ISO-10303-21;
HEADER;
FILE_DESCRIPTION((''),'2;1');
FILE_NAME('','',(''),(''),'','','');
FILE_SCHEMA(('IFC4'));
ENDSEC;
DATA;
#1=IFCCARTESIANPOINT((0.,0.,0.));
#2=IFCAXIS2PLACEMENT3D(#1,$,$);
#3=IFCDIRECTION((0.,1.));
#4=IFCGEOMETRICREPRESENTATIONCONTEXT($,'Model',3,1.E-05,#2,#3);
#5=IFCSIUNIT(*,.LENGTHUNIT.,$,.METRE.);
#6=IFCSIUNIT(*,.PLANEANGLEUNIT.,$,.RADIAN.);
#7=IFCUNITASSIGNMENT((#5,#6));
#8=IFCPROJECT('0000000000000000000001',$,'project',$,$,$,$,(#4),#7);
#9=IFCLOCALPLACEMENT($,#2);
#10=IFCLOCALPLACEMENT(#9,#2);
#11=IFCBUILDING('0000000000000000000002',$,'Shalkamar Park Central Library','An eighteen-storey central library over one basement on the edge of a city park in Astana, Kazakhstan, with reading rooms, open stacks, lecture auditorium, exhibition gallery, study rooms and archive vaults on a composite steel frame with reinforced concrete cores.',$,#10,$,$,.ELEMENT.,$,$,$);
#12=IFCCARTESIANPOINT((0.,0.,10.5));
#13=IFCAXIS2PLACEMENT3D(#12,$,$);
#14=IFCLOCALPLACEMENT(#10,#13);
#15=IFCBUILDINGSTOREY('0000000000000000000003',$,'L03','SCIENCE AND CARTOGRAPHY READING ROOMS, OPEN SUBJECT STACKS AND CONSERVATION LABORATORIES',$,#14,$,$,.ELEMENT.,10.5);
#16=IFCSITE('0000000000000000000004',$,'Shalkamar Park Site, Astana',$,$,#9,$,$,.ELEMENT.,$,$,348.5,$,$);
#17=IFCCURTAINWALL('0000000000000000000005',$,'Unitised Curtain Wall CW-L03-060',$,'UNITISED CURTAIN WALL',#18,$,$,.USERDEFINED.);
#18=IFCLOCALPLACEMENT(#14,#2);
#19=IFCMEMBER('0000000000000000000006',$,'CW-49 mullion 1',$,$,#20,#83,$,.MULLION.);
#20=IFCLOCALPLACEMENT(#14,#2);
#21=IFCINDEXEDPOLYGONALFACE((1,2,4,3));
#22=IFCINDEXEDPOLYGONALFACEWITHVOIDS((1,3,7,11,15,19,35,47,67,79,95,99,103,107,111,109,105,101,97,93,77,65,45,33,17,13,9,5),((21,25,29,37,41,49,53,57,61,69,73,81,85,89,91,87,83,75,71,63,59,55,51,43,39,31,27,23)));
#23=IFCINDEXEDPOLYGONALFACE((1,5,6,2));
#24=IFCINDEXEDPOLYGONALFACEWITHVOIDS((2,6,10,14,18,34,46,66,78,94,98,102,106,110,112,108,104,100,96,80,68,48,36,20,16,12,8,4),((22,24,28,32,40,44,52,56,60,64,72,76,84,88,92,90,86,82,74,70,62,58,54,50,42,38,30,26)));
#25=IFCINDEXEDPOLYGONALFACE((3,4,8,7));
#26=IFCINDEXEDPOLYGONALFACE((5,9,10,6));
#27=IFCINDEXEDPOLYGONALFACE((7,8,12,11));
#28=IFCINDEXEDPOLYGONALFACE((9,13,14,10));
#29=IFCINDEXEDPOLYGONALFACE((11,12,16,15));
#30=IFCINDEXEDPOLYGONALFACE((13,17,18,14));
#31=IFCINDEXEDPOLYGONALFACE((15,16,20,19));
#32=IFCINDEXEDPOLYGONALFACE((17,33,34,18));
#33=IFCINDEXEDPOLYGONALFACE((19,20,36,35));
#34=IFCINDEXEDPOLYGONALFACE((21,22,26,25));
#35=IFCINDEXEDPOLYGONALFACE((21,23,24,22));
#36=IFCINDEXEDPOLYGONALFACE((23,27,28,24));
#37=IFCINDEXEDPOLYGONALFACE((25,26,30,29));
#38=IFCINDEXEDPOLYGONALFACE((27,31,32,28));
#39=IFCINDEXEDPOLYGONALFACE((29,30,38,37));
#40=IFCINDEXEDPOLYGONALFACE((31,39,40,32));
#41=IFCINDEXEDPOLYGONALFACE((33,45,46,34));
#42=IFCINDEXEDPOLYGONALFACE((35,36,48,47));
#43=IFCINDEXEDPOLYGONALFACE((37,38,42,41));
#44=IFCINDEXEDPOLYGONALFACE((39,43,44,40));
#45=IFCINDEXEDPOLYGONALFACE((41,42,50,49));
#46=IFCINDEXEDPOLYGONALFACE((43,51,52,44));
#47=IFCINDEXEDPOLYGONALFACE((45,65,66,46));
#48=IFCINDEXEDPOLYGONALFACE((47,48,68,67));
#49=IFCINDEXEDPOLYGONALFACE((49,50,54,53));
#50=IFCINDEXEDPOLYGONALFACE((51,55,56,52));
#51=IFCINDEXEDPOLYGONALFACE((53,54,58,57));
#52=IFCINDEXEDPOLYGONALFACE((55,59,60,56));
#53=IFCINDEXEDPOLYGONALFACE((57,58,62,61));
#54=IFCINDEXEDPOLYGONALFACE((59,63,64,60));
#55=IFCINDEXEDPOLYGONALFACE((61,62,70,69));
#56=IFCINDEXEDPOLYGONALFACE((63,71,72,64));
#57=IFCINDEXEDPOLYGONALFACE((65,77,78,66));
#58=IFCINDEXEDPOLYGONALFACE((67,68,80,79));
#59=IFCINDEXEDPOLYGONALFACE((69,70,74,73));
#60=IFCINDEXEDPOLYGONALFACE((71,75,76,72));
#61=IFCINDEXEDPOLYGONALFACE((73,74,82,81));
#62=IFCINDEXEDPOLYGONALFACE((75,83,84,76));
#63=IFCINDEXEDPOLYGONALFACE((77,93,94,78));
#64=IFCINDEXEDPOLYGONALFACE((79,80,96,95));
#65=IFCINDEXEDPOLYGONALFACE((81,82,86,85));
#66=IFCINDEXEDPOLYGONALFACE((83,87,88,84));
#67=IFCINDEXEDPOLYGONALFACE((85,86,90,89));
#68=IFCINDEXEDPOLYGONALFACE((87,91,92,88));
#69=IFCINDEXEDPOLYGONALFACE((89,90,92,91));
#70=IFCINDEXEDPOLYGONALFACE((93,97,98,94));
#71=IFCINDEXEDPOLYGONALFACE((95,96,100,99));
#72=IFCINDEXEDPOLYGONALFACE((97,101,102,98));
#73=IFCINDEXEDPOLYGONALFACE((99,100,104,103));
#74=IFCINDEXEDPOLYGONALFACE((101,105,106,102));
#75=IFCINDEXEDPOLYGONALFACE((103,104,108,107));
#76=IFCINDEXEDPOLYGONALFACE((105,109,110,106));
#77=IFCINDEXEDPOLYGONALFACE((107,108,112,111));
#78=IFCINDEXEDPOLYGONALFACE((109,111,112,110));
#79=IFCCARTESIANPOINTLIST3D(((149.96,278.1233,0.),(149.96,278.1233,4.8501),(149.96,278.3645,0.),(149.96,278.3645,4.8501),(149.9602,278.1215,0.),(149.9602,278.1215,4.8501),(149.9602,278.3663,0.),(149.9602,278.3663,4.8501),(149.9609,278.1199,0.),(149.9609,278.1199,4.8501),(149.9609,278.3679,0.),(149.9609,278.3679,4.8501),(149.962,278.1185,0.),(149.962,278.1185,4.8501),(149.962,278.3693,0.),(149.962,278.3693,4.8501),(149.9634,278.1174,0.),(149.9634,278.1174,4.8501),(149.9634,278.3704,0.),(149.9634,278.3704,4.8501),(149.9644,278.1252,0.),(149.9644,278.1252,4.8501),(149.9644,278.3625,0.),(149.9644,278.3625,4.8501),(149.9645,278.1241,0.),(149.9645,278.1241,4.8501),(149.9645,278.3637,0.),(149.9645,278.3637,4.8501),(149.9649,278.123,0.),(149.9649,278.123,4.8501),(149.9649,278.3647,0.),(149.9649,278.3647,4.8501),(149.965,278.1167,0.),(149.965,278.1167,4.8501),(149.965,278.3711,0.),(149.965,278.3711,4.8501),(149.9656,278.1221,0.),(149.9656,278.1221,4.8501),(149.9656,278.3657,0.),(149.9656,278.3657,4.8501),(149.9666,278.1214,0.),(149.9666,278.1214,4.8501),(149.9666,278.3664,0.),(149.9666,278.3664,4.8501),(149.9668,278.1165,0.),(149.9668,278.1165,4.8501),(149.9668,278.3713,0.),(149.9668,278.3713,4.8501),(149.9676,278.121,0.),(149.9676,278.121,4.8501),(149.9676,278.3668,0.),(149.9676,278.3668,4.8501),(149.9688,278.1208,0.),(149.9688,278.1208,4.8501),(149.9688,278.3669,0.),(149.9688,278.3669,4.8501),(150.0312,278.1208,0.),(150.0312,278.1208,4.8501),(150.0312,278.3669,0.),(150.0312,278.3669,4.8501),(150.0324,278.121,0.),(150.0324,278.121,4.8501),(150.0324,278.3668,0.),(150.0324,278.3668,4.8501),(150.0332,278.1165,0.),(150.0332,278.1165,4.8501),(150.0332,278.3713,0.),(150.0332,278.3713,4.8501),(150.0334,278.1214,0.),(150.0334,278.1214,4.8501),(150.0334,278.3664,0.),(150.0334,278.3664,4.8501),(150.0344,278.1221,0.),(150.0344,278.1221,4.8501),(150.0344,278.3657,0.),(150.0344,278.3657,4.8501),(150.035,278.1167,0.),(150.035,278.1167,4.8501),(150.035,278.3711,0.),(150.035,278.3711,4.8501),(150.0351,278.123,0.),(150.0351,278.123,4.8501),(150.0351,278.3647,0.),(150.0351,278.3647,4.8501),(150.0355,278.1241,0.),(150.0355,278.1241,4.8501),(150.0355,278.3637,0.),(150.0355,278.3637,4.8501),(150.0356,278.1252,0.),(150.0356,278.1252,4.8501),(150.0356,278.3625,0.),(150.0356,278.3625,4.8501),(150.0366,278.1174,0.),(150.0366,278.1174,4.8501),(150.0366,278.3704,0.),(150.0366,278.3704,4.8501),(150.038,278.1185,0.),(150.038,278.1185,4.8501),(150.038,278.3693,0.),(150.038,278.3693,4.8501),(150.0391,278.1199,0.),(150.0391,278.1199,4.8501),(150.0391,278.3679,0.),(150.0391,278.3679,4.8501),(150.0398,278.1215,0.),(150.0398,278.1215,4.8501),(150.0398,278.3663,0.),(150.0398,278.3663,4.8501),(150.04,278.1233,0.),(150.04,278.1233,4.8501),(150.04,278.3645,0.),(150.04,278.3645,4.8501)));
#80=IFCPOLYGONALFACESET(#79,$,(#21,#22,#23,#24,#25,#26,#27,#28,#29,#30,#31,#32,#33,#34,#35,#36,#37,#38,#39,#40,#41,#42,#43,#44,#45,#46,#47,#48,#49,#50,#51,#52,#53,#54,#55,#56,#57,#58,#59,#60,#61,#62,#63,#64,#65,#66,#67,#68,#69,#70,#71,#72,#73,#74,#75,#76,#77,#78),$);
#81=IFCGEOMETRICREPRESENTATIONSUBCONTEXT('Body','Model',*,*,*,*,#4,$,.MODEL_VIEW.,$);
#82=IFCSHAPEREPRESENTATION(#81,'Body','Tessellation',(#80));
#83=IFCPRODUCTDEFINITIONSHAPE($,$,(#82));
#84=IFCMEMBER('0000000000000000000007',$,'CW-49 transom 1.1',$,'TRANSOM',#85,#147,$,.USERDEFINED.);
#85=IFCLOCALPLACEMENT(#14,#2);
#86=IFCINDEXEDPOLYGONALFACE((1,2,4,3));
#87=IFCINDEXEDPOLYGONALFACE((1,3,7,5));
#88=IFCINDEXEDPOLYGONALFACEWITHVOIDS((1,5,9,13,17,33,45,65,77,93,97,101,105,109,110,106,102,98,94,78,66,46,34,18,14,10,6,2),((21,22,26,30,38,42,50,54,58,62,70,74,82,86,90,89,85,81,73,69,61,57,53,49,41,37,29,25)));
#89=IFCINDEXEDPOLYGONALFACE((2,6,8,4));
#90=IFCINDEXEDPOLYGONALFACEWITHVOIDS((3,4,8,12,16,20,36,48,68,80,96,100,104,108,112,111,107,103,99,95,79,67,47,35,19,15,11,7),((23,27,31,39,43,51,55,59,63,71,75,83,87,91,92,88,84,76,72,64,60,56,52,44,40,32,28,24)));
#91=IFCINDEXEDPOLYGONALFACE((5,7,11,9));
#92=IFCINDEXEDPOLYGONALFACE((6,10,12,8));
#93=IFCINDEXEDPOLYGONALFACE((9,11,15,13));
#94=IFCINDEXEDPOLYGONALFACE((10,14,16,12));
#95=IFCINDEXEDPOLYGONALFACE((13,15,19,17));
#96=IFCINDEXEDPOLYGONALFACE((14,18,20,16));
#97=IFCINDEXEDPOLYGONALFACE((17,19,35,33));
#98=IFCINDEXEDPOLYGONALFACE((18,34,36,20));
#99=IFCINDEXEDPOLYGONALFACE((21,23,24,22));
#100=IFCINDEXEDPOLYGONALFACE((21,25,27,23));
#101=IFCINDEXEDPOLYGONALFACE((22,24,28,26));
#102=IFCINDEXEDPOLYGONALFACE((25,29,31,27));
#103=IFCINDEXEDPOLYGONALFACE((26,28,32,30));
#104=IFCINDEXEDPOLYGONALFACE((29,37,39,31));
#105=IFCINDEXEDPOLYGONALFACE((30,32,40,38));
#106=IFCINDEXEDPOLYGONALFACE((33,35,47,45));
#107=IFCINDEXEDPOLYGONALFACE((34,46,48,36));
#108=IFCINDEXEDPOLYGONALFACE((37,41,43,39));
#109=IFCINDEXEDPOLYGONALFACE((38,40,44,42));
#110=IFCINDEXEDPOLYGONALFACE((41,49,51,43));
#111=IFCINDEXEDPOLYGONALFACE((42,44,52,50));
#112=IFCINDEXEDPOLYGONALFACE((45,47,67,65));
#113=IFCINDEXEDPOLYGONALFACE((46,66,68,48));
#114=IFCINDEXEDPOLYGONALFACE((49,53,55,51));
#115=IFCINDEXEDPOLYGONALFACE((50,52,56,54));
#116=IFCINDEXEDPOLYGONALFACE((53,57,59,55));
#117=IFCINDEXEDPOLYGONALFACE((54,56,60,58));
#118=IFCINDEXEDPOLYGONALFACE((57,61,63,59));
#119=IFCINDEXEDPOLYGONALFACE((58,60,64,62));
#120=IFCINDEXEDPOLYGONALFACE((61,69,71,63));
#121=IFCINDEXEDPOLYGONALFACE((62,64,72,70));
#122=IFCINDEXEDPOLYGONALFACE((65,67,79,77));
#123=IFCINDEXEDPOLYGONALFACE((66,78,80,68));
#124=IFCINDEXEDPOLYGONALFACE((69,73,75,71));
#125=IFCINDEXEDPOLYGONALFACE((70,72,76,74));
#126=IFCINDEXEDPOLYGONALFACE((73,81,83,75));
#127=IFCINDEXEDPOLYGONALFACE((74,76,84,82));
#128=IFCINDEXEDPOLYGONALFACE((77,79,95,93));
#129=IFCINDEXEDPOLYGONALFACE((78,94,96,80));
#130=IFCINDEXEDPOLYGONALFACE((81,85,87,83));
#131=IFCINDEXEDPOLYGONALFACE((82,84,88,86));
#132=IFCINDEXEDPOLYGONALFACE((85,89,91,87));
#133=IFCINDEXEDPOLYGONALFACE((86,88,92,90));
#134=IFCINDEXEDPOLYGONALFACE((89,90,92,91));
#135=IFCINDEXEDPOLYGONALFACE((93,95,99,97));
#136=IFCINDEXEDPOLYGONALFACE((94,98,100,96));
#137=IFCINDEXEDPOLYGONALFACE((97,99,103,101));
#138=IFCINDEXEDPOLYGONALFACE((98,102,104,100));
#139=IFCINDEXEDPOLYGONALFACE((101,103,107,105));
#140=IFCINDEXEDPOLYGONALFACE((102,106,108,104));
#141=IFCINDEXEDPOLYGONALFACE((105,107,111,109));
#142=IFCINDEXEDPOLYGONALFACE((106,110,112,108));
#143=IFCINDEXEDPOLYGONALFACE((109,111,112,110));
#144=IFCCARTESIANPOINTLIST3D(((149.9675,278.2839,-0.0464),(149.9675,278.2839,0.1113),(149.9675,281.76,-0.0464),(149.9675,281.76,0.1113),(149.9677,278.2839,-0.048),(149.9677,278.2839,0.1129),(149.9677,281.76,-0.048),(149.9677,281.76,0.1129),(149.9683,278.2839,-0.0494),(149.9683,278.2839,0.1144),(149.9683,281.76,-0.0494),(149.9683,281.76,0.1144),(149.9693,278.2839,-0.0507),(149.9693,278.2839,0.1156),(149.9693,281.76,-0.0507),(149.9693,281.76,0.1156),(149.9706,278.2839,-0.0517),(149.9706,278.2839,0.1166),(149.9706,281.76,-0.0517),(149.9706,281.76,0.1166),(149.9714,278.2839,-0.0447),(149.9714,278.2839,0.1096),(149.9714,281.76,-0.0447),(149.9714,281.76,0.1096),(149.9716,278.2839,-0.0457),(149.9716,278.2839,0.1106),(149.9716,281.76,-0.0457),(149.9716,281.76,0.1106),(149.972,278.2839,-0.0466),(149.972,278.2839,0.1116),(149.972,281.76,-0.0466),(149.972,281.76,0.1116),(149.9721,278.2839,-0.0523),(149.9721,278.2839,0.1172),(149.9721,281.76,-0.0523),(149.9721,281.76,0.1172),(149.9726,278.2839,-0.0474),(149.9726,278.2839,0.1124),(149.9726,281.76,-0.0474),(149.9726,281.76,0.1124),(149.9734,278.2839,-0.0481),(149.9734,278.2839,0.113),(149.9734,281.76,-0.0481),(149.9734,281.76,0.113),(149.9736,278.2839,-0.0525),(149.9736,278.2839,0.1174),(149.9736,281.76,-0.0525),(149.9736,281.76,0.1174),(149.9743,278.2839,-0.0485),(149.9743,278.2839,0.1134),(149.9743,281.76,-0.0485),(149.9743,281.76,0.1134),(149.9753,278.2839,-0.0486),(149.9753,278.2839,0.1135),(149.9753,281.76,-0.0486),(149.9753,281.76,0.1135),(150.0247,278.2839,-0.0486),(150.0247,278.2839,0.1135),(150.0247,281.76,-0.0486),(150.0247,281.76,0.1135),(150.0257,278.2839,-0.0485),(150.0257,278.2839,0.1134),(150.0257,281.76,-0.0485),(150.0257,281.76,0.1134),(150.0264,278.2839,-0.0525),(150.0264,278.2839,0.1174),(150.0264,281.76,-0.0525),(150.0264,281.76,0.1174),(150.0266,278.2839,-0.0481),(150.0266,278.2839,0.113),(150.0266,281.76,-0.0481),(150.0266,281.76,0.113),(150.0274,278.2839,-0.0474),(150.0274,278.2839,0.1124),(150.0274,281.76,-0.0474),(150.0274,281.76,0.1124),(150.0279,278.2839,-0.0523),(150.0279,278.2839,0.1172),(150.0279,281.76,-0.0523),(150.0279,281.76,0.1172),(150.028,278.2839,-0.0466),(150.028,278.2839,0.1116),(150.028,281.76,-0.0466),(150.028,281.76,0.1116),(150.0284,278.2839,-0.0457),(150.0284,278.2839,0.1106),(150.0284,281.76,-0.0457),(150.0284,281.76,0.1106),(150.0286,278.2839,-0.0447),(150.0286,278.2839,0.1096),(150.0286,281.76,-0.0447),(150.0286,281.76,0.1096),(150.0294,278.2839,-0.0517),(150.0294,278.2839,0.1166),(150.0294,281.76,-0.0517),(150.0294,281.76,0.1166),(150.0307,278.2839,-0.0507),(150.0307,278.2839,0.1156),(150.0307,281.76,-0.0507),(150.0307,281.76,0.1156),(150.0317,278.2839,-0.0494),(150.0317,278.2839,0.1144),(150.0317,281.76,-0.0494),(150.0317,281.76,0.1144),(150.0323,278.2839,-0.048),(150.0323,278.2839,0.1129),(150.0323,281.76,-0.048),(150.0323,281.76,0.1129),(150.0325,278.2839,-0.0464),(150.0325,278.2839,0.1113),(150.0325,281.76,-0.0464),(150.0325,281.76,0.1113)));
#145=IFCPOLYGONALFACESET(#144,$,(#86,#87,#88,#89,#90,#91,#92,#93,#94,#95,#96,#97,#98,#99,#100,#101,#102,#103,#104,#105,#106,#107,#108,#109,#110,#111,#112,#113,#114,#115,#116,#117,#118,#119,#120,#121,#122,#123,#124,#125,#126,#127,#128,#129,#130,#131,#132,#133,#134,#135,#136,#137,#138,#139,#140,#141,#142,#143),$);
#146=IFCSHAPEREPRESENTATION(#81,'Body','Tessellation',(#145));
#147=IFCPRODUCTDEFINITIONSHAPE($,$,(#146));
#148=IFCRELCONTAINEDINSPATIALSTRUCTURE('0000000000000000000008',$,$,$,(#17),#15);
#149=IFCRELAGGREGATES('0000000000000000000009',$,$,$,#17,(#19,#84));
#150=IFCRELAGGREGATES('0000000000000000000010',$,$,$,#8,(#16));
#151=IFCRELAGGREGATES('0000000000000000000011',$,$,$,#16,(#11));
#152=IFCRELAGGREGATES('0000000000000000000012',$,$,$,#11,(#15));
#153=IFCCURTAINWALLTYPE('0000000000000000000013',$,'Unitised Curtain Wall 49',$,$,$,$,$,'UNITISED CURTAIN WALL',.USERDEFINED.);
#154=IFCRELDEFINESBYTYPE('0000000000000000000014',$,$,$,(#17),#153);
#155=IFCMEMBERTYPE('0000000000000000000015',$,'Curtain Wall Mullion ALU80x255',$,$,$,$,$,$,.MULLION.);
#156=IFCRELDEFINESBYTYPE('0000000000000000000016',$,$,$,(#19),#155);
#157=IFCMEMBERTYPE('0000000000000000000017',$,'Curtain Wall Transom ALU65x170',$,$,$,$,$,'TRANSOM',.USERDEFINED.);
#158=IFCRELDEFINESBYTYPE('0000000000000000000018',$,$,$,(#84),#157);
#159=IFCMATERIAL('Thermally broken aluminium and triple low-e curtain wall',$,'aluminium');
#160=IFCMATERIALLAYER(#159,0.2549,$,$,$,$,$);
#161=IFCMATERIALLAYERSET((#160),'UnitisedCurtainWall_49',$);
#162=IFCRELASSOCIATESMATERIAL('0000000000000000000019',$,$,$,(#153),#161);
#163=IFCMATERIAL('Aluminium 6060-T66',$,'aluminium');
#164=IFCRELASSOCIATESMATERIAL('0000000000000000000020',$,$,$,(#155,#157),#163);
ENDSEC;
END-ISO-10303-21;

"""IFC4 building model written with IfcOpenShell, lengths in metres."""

from ifc_helpers import new_model, si_unit, direction, frame, origin, origin_2d, place, context, subcontext, project, spatial, hollow_rectangle, extrude, material, layer, layer_set, material_profile, profile_set, type_object, element, aggregate, save


model = new_model("IFC4")

# Units and contexts
model_context = context("Model", 3, precision=1e-05, world=origin(), true_north=direction((0.0, 1.0)))
body_context = subcontext(model_context, "Body", "Model", "MODEL_VIEW")
ifc_project = project(units=[si_unit("LENGTHUNIT", "METRE"), si_unit("PLANEANGLEUNIT", "RADIAN")], contexts=[model_context])

# Site, building, storey
site_placement = place(None, origin())
site = spatial("IfcSite", under=ifc_project, at=site_placement, Name="Shalkamar Park Site, Astana", CompositionType="ELEMENT", RefElevation=348.5)
building_placement = place(site_placement, origin())
building = spatial("IfcBuilding", under=site, at=building_placement, Name="Shalkamar Park Central Library", Description="An eighteen-storey central library over one basement on the edge of a city park in Astana, Kazakhstan, with reading rooms, open stacks, lecture auditorium, exhibition gallery, study rooms and archive vaults on a composite steel frame with reinforced concrete cores.", CompositionType="ELEMENT")
storey_placement = place(building_placement, frame((0.0, 0.0, 10.5)))
storey = spatial("IfcBuildingStorey", under=building, at=storey_placement, Name="L03", Description="SCIENCE AND CARTOGRAPHY READING ROOMS, OPEN SUBJECT STACKS AND CONSERVATION LABORATORIES", CompositionType="ELEMENT", Elevation=10.5)

# Curtain wall, members
ifc_material_1 = material(Name="Thermally broken aluminium and triple low-e curtain wall", Category="aluminium")
ifc_layer_1 = layer(ifc_material_1, 0.2549)
ifc_layer_set_1 = layer_set([ifc_layer_1], Name="UnitisedCurtainWall_49")
curtain_wall_type = type_object("IfcCurtainWallType", Name="Unitised Curtain Wall 49", ElementType="UNITISED CURTAIN WALL", PredefinedType="USERDEFINED", material=ifc_layer_set_1)
curtain_wall_placement = place(storey_placement, origin())
curtain_wall = element("IfcCurtainWall", 1, at=curtain_wall_placement, inside=storey, type_object=curtain_wall_type, Name="Unitised Curtain Wall CW-L03-060", ObjectType="UNITISED CURTAIN WALL", PredefinedType="USERDEFINED")
ifc_material_2 = material(Name="Aluminium 6060-T66", Category="aluminium")
ifc_material_profile_1 = material_profile(ifc_material_2, hollow_rectangle(XDim=0.0801, YDim=0.2549, WallThickness=0.0044, InnerFilletRadius=0.0044, OuterFilletRadius=0.0068, at=origin_2d()), Name="ALU 80x255x4.5")
ifc_profile_set_1 = profile_set([ifc_material_profile_1], Name="Aluminium 6060-T66")
member_type_1 = type_object("IfcMemberType", Name="Curtain Wall Mullion ALU80x255", PredefinedType="MULLION", material=ifc_profile_set_1)
member_1_placement = place(storey_placement, frame((150.0, 278.2439, 0.0), z_axis=(0.0, 0.0, 1.0), x_axis=(-1.0, 0.0, 0.0)))
member_1 = element("IfcMember", 2, at=member_1_placement, type_object=member_type_1, Name="CW-49 mullion 1", PredefinedType="MULLION", context=body_context, shape_type="SweptSolid", body=[
    extrude(hollow_rectangle(XDim=0.0801, YDim=0.2549, WallThickness=0.0044, InnerFilletRadius=0.0044, OuterFilletRadius=0.0068, at=origin_2d()), origin(), (0.0, 0.0, 1.0), 4.8501),
])
ifc_material_profile_2 = material_profile(ifc_material_2, hollow_rectangle(XDim=0.0649, YDim=0.1699, WallThickness=0.0039, InnerFilletRadius=0.0039, OuterFilletRadius=0.0061, at=origin_2d()), Name="ALU 65x170x4")
ifc_profile_set_2 = profile_set([ifc_material_profile_2], Name="Aluminium 6060-T66")
member_type_2 = type_object("IfcMemberType", Name="Curtain Wall Transom ALU65x170", ElementType="TRANSOM", PredefinedType="USERDEFINED", material=ifc_profile_set_2)
member_2_placement = place(storey_placement, frame((150.0, 278.2839, 0.0325), z_axis=(0.0, 1.0, 0.0), x_axis=(-1.0, 0.0, 0.0)))
member_2 = element("IfcMember", 3, at=member_2_placement, type_object=member_type_2, Name="CW-49 transom 1.1", ObjectType="TRANSOM", PredefinedType="USERDEFINED", context=body_context, shape_type="SweptSolid", body=[
    extrude(hollow_rectangle(XDim=0.0649, YDim=0.1699, WallThickness=0.0039, InnerFilletRadius=0.0039, OuterFilletRadius=0.0061, at=origin_2d()), origin(), (0.0, 0.0, 1.0), 3.4761),
])

aggregate(curtain_wall, [member_1, member_2])

save(model, "model.ifc")
